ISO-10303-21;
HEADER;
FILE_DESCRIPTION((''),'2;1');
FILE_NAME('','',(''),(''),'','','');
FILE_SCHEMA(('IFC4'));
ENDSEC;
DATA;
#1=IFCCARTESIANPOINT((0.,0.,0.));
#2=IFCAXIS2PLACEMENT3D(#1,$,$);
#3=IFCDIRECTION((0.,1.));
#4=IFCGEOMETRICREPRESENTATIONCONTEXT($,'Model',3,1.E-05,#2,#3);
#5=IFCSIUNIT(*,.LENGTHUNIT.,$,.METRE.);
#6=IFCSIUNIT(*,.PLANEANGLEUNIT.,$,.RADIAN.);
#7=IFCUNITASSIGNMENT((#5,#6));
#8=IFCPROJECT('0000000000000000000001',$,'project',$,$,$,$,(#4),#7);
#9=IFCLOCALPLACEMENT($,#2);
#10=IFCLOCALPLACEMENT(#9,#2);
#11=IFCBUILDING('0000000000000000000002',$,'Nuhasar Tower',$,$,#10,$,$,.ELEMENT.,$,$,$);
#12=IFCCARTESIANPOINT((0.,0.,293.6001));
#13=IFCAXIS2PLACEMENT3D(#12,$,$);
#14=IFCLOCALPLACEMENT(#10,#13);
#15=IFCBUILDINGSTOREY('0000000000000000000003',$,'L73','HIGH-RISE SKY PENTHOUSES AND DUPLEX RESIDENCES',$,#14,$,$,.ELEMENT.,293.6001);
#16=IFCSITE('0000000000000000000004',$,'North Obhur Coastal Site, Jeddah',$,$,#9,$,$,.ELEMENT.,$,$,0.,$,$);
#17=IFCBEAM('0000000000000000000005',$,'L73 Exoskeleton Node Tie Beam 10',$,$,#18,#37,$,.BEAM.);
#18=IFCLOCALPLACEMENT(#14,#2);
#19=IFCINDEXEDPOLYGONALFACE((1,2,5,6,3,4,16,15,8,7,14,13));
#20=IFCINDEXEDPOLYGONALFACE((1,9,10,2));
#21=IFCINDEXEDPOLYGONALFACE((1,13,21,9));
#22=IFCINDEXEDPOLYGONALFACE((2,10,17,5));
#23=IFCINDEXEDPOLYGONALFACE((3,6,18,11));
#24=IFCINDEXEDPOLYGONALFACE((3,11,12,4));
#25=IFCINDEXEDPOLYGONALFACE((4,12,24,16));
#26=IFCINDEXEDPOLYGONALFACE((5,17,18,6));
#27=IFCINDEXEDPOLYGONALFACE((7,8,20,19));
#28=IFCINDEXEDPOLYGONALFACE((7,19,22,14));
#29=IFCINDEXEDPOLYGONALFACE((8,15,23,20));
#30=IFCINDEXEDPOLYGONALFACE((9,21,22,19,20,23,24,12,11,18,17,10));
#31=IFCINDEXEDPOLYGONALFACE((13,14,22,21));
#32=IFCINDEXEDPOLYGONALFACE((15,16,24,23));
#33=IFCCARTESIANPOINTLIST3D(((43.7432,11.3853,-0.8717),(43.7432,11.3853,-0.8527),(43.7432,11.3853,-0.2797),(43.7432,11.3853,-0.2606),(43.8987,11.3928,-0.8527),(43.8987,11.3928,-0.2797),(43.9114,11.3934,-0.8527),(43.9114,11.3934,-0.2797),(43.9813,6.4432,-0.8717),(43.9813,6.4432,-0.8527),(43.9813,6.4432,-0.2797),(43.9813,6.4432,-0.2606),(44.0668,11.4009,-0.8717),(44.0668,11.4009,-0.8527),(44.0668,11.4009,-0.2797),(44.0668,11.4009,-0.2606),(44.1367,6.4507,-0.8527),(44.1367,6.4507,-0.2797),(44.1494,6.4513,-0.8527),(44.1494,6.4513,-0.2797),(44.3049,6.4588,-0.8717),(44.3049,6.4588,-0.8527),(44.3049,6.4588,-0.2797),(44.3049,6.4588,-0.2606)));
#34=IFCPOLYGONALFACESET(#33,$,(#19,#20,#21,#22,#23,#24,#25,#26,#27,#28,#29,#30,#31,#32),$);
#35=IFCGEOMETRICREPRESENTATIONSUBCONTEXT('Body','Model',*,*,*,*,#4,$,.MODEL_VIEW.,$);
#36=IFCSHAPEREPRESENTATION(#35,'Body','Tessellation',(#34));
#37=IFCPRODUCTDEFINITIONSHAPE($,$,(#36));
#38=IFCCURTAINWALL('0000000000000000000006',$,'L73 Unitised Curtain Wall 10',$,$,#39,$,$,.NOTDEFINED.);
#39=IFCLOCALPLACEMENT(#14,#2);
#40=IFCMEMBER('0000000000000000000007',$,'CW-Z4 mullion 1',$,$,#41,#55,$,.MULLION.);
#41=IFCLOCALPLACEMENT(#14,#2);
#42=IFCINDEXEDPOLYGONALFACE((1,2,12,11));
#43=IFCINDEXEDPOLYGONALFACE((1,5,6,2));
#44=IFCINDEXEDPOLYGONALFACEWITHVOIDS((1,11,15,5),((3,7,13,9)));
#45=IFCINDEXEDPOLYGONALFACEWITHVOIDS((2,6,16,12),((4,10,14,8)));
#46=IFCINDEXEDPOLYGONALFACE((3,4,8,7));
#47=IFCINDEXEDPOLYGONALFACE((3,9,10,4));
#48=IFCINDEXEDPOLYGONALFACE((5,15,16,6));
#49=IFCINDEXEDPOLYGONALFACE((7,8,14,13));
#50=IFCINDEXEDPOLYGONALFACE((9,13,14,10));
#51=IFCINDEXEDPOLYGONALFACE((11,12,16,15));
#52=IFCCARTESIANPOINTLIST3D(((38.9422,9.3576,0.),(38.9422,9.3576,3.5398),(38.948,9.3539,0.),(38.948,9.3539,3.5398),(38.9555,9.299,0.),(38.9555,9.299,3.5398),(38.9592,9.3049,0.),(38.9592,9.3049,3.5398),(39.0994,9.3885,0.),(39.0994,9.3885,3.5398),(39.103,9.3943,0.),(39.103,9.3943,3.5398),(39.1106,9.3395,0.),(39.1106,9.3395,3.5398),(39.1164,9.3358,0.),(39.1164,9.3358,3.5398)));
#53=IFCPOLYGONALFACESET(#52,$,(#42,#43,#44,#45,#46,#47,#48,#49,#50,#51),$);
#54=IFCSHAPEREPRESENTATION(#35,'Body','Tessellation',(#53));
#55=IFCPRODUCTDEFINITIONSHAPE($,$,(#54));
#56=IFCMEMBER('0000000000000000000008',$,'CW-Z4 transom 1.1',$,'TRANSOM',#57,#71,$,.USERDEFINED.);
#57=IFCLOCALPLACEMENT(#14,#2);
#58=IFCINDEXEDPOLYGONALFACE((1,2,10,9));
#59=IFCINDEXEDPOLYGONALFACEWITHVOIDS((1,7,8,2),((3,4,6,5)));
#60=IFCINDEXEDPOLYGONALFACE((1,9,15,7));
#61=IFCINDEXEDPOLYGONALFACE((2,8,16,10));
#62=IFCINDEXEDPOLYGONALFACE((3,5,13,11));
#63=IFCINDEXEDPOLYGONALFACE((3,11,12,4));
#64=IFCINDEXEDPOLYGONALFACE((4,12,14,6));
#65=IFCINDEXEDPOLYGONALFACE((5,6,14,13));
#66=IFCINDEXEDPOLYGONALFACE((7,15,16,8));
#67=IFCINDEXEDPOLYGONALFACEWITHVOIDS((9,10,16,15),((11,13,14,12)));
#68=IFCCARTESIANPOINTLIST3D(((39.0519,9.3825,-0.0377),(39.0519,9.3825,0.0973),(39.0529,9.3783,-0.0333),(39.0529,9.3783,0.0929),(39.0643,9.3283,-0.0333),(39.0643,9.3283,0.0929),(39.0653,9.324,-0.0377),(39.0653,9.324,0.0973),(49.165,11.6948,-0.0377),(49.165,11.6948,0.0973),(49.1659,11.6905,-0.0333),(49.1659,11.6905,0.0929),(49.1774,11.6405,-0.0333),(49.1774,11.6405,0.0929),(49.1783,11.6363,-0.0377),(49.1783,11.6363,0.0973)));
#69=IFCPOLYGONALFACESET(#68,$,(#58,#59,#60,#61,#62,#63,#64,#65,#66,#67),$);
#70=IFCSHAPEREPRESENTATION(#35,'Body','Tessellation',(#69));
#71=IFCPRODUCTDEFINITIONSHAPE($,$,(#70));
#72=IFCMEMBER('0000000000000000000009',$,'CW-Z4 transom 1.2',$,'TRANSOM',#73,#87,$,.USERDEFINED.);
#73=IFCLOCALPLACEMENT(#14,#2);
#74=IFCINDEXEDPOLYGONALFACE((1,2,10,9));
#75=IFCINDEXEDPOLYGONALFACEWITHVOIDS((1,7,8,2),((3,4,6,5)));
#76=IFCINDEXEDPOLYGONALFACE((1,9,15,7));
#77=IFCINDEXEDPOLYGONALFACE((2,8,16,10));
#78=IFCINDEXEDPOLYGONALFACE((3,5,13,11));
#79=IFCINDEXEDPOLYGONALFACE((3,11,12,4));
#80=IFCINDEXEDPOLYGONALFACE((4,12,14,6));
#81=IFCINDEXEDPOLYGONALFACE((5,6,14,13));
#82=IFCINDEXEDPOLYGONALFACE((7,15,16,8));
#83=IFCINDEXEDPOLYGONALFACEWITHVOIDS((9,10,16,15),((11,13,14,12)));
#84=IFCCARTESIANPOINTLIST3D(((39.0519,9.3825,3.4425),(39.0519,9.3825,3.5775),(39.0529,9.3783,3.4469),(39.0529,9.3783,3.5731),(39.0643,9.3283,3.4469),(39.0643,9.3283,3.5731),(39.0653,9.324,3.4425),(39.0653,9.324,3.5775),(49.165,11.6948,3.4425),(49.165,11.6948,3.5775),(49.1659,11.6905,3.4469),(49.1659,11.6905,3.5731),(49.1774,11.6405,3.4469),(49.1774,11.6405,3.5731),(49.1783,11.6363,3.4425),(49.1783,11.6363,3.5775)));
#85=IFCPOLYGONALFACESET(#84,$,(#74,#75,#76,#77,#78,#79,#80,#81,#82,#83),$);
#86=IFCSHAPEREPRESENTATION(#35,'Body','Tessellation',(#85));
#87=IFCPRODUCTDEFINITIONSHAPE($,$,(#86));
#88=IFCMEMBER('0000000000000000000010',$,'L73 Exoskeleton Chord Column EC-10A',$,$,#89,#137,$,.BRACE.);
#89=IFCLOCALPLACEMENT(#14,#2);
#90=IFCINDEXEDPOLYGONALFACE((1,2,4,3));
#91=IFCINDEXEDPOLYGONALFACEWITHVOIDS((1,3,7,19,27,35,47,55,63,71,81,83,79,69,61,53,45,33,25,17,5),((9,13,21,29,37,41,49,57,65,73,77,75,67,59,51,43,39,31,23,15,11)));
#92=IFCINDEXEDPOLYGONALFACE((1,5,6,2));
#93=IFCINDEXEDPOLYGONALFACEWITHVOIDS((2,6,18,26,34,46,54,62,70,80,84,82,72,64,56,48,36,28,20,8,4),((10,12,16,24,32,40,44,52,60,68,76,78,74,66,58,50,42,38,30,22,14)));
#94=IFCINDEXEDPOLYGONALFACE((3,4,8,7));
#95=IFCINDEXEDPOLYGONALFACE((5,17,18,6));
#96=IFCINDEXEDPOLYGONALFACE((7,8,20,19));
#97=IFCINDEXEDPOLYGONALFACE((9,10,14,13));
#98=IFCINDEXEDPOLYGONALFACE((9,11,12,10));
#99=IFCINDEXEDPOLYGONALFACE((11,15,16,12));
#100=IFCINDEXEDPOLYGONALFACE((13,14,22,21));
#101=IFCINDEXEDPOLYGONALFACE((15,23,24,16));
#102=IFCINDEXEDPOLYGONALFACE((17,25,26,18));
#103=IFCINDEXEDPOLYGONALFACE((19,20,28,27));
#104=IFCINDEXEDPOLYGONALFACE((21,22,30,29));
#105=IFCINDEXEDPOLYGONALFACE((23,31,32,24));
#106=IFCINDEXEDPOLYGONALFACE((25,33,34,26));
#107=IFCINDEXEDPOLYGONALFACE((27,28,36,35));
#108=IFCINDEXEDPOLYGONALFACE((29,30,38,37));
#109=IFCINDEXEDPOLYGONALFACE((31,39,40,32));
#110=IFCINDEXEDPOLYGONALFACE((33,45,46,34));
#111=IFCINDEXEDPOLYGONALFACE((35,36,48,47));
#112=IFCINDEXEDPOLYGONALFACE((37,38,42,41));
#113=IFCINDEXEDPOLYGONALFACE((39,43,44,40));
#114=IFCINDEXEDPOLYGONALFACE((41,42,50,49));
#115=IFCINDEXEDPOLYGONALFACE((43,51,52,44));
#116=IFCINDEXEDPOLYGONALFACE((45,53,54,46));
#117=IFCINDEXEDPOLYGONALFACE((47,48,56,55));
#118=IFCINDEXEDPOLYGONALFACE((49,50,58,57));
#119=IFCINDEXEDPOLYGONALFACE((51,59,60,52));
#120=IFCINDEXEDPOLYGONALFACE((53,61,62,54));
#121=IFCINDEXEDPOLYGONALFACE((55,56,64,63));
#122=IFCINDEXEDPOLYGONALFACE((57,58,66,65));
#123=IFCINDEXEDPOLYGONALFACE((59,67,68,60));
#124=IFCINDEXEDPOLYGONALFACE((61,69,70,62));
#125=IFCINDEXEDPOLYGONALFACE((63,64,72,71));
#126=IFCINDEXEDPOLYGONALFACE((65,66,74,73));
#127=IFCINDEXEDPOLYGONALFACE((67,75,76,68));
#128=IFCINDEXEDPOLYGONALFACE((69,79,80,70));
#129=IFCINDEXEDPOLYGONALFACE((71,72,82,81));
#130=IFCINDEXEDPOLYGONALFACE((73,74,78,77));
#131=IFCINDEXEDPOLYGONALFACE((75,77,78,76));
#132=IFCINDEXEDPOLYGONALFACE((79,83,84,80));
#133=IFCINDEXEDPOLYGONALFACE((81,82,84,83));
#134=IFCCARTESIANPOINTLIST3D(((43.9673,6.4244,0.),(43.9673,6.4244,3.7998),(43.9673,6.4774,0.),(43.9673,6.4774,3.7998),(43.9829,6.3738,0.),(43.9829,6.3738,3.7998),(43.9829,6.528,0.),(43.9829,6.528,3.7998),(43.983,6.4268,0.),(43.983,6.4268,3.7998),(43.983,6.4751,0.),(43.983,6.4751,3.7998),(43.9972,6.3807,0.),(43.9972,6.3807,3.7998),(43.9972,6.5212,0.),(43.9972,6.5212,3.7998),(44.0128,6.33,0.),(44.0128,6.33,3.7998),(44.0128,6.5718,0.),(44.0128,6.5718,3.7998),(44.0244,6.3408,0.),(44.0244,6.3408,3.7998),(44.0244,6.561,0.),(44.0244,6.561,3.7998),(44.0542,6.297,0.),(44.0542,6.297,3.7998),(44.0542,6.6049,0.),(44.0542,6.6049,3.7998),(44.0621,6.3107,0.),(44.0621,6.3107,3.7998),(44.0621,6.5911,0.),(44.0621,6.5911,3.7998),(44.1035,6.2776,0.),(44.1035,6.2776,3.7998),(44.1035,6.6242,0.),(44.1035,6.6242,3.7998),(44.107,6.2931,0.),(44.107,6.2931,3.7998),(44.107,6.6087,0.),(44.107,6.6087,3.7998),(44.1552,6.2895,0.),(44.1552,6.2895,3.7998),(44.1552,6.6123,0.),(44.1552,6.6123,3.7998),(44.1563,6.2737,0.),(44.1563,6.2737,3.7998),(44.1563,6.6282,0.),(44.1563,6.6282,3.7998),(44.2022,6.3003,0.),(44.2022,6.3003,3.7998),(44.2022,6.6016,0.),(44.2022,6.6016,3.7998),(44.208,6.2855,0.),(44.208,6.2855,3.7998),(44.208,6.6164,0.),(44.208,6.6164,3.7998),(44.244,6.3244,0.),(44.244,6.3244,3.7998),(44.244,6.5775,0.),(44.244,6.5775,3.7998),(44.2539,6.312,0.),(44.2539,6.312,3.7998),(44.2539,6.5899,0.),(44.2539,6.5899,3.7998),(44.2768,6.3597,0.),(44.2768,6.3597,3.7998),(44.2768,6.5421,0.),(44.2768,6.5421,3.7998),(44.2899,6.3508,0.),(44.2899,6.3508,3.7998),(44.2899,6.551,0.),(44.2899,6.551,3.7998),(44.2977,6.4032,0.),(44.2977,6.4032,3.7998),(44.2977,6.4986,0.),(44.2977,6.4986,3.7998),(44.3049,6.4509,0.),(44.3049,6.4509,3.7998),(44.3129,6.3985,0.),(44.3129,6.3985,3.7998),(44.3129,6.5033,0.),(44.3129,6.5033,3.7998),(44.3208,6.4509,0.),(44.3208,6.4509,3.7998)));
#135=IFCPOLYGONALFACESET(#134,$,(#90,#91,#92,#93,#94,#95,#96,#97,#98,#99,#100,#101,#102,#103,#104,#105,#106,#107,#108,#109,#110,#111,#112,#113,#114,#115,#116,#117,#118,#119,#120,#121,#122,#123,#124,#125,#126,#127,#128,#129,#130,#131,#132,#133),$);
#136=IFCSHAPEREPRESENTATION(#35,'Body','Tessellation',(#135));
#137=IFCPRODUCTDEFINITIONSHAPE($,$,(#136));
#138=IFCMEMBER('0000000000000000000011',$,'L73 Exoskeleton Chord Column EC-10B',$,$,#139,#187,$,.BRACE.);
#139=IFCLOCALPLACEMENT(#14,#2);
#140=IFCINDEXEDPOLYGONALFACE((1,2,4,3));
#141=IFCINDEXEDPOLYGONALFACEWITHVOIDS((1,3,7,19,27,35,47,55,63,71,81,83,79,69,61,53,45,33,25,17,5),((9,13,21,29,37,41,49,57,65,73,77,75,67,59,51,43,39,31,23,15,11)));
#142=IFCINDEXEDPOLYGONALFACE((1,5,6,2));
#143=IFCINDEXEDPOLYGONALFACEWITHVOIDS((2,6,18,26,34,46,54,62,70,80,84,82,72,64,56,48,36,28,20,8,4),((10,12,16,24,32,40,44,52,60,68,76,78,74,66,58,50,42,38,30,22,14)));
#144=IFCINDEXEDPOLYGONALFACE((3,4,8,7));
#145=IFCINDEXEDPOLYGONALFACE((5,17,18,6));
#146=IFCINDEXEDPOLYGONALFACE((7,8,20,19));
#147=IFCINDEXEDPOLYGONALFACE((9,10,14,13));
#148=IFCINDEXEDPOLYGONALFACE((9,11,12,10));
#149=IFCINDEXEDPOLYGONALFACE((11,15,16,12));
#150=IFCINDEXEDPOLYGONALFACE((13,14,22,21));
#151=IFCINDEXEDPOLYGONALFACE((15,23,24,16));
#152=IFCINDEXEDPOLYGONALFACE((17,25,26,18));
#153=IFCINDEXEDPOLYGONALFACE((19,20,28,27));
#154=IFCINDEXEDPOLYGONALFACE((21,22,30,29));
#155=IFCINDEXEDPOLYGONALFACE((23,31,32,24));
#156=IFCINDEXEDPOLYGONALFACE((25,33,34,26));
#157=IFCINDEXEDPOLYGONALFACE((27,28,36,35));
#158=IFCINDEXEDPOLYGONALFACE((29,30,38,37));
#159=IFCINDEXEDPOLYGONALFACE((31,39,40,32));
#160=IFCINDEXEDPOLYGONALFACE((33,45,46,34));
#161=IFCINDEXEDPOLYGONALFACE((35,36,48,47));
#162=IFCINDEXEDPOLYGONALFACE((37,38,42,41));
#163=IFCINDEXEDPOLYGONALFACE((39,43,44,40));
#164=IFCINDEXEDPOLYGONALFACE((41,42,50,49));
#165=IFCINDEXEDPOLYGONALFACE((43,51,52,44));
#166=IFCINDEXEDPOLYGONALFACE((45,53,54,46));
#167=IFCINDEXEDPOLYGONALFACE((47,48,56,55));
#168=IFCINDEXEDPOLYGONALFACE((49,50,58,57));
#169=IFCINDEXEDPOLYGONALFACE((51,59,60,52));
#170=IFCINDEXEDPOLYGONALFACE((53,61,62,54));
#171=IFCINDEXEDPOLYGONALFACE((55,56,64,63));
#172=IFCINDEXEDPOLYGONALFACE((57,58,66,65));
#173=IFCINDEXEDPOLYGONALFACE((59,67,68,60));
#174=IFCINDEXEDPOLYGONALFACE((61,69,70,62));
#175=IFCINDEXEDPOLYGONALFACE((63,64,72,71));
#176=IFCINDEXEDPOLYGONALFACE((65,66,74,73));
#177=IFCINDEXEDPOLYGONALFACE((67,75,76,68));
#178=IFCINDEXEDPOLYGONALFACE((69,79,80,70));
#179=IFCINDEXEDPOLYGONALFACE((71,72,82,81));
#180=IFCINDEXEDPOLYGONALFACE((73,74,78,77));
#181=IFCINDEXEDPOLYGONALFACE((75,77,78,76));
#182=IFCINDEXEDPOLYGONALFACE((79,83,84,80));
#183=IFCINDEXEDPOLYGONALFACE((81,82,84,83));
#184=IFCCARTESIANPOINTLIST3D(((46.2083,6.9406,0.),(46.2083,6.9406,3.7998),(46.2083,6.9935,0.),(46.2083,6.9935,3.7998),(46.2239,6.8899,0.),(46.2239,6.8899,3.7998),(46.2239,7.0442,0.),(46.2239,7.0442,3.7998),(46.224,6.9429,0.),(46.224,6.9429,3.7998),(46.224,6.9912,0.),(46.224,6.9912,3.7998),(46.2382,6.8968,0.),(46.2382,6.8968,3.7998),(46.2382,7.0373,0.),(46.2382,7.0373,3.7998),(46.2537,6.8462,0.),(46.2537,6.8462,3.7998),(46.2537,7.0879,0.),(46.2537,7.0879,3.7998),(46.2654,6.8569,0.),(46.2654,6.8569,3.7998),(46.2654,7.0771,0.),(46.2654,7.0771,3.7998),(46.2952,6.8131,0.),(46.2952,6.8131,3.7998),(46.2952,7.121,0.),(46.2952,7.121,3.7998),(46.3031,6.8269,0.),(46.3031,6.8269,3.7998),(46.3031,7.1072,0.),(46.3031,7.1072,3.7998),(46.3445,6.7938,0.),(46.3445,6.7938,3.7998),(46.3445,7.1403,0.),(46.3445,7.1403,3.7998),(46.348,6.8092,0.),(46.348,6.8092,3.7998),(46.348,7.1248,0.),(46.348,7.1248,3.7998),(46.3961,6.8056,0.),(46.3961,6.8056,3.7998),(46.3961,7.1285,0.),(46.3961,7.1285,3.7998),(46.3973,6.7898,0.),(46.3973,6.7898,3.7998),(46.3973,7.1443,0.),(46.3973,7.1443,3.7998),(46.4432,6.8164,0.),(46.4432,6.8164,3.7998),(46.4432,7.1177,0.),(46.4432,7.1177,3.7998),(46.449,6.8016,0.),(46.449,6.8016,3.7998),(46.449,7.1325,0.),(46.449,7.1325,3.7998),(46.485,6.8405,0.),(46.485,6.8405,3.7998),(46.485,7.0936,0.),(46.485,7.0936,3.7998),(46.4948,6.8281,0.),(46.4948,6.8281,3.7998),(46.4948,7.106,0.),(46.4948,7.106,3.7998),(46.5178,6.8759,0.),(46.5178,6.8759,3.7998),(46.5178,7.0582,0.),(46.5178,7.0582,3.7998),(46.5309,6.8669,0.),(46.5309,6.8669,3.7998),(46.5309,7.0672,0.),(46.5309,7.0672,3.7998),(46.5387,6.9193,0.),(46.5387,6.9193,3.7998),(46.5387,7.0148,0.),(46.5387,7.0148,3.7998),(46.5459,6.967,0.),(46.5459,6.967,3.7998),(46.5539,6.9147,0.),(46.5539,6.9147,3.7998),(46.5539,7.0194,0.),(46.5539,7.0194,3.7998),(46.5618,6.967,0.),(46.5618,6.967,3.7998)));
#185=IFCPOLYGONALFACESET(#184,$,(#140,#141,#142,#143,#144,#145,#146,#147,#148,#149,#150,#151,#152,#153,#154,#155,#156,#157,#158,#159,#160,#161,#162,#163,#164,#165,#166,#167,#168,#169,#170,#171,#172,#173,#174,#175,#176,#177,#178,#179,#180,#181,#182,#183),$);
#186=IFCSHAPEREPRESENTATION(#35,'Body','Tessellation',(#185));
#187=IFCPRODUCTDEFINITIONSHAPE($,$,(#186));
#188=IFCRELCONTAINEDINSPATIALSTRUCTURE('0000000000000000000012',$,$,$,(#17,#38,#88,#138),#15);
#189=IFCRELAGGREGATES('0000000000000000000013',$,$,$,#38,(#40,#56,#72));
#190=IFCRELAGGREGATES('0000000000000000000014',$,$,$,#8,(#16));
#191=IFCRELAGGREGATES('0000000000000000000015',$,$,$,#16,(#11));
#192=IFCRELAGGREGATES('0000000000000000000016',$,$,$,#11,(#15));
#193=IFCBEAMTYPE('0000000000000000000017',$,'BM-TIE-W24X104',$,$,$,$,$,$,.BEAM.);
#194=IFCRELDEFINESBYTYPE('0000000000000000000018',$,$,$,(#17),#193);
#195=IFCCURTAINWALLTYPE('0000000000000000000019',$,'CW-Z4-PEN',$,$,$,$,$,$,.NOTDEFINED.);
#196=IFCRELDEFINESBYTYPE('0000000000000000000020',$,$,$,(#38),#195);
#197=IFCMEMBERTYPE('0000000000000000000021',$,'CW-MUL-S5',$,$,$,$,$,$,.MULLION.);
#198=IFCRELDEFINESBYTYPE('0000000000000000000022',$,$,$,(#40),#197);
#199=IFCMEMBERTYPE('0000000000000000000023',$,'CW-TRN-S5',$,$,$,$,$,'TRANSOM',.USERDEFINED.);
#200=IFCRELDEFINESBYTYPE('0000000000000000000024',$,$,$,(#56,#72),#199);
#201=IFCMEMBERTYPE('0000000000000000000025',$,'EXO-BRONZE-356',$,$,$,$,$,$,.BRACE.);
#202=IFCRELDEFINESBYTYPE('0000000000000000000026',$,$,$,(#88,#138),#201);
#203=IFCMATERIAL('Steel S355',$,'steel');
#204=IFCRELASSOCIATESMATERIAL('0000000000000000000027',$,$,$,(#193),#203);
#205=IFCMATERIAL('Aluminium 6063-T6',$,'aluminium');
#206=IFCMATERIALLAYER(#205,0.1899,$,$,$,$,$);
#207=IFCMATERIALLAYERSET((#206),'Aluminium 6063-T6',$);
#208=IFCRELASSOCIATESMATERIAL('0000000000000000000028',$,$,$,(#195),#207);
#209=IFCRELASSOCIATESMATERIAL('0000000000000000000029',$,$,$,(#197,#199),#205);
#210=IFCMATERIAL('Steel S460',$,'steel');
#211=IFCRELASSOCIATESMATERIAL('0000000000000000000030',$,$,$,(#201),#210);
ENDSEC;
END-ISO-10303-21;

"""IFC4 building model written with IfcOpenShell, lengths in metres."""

from ifc_helpers import new_model, si_unit, direction, frame, origin, origin_2d, place, context, subcontext, project, spatial, hollow_rectangle, hollow_circle, i_section, extrude, material, layer, layer_set, material_profile, profile_set, type_object, element, aggregate, save


model = new_model("IFC4")

# Units and contexts
model_context = context("Model", 3, precision=1e-05, world=origin(), true_north=direction((0.0, 1.0)))
body_context = subcontext(model_context, "Body", "Model", "MODEL_VIEW")
ifc_project = project(units=[si_unit("LENGTHUNIT", "METRE"), si_unit("PLANEANGLEUNIT", "RADIAN")], contexts=[model_context])

# Site, building, storey
site_placement = place(None, origin())
site = spatial("IfcSite", under=ifc_project, at=site_placement, Name="North Obhur Coastal Site, Jeddah", CompositionType="ELEMENT", RefElevation=0.0)
building_placement = place(site_placement, origin())
building = spatial("IfcBuilding", under=site, at=building_placement, Name="Nuhasar Tower", CompositionType="ELEMENT")
storey_placement = place(building_placement, frame((0.0, 0.0, 293.6001)))
storey = spatial("IfcBuildingStorey", under=building, at=storey_placement, Name="L73", Description="HIGH-RISE SKY PENTHOUSES AND DUPLEX RESIDENCES", CompositionType="ELEMENT", Elevation=293.6001)

# Beam
ifc_material_1 = material(Name="Steel S355", Category="steel")
ifc_material_profile_1 = material_profile(ifc_material_1, i_section(OverallWidth=0.324, OverallDepth=0.6111, WebThickness=0.0127, FlangeThickness=0.019, at=origin_2d()), Name="W24X104")
ifc_profile_set_1 = profile_set([ifc_material_profile_1], Name="Steel S355")
beam_type_1 = type_object("IfcBeamType", Name="BM-TIE-W24X104", PredefinedType="BEAM", material=ifc_profile_set_1)
beam_1_placement = place(storey_placement, frame((43.905, 11.3931, -0.5662), z_axis=(0.048109, -0.998842, 0.0), x_axis=(0.998842, 0.048109, 0.0)))
element("IfcBeam", 1, at=beam_1_placement, inside=storey, type_object=beam_type_1, Name="L73 Exoskeleton Node Tie Beam 10", PredefinedType="BEAM", context=body_context, shape_type="SweptSolid", body=[
    extrude(i_section(OverallWidth=0.324, OverallDepth=0.6111, WebThickness=0.0127, FlangeThickness=0.019, at=origin_2d()), origin(), (0.0, 0.0, 1.0), 4.9478),
])

# Curtain wall, members
ifc_material_2 = material(Name="Aluminium 6063-T6", Category="aluminium")
ifc_layer_1 = layer(ifc_material_2, 0.1899)
ifc_layer_set_1 = layer_set([ifc_layer_1], Name="Aluminium 6063-T6")
curtain_wall_type = type_object("IfcCurtainWallType", Name="CW-Z4-PEN", PredefinedType="NOTDEFINED", material=ifc_layer_set_1)
curtain_wall_placement = place(storey_placement, origin())
curtain_wall = element("IfcCurtainWall", 2, at=curtain_wall_placement, inside=storey, type_object=curtain_wall_type, Name="L73 Unitised Curtain Wall 10", PredefinedType="NOTDEFINED")
ifc_material_profile_2 = material_profile(ifc_material_2, hollow_rectangle(XDim=0.0601, YDim=0.165, WallThickness=0.0049, at=origin_2d()), Name="CWM-5")
ifc_profile_set_2 = profile_set([ifc_material_profile_2], Name="Aluminium 6063-T6")
member_type_1 = type_object("IfcMemberType", Name="CW-MUL-S5", PredefinedType="MULLION", material=ifc_profile_set_2)
member_1_placement = place(storey_placement, frame((39.0293, 9.3467, 0.0), z_axis=(0.0, 0.0, 1.0), x_axis=(-0.222889, 0.974844, 0.0)))
member_1 = element("IfcMember", 3, at=member_1_placement, type_object=member_type_1, Name="CW-Z4 mullion 1", PredefinedType="MULLION", context=body_context, shape_type="SweptSolid", body=[
    extrude(hollow_rectangle(XDim=0.0601, YDim=0.165, WallThickness=0.0049, at=origin_2d()), origin(), (0.0, 0.0, 1.0), 3.5398),
])
ifc_material_profile_3 = material_profile(ifc_material_2, hollow_rectangle(XDim=0.0601, YDim=0.135, WallThickness=0.0044, at=origin_2d()), Name="CWT-5")
ifc_profile_set_3 = profile_set([ifc_material_profile_3], Name="Aluminium 6063-T6")
member_type_2 = type_object("IfcMemberType", Name="CW-TRN-S5", ElementType="TRANSOM", PredefinedType="USERDEFINED", material=ifc_profile_set_3)
member_2_placement = place(storey_placement, frame((39.0586, 9.3533, 0.0298), z_axis=(0.974844, 0.222889, 0.0), x_axis=(-0.222889, 0.974844, 0.0)))
member_2 = element("IfcMember", 4, at=member_2_placement, type_object=member_type_2, Name="CW-Z4 transom 1.1", ObjectType="TRANSOM", PredefinedType="USERDEFINED", context=body_context, shape_type="SweptSolid", body=[
    extrude(hollow_rectangle(XDim=0.0601, YDim=0.135, WallThickness=0.0044, at=origin_2d()), origin(), (0.0, 0.0, 1.0), 10.374),
])
member_3_placement = place(storey_placement, frame((39.0586, 9.3533, 3.51), z_axis=(0.974844, 0.222889, 0.0), x_axis=(-0.222889, 0.974844, 0.0)))
member_3 = element("IfcMember", 5, at=member_3_placement, type_object=member_type_2, Name="CW-Z4 transom 1.2", ObjectType="TRANSOM", PredefinedType="USERDEFINED", context=body_context, shape_type="SweptSolid", body=[
    extrude(hollow_rectangle(XDim=0.0601, YDim=0.135, WallThickness=0.0044, at=origin_2d()), origin(), (0.0, 0.0, 1.0), 10.374),
])

# Members
ifc_material_3 = material(Name="Steel S460", Category="steel")
ifc_material_profile_4 = material_profile(ifc_material_3, hollow_circle(Radius=0.1777, WallThickness=0.0159, at=origin_2d()), Name="HSS355.6X15.9")
ifc_profile_set_4 = profile_set([ifc_material_profile_4], Name="Steel S460")
member_type_3 = type_object("IfcMemberType", Name="EXO-BRONZE-356", PredefinedType="BRACE", material=ifc_profile_set_4)
for number, where, z_axis, x_axis, name in (
    (6, (44.1431, 6.4509, 0.0), (0.0, 0.0, 1.0), (1.0, 0.0, 0.0), "L73 Exoskeleton Chord Column EC-10A"),
    (7, (46.384, 6.967, 0.0), (0.0, 0.0, 1.0), (1.0, 0.0, 0.0), "L73 Exoskeleton Chord Column EC-10B"),
):
    element("IfcMember", number, at=place(storey_placement, frame(where, z_axis=z_axis, x_axis=x_axis)), inside=storey, type_object=member_type_3, Name=name, PredefinedType="BRACE", context=body_context, shape_type="SweptSolid", body=[
        extrude(hollow_circle(Radius=0.1777, WallThickness=0.0159, at=origin_2d()), origin(), (0.0, 0.0, 1.0), 3.7998),
    ])

aggregate(curtain_wall, [member_1, member_2, member_3])

save(model, "model.ifc")
